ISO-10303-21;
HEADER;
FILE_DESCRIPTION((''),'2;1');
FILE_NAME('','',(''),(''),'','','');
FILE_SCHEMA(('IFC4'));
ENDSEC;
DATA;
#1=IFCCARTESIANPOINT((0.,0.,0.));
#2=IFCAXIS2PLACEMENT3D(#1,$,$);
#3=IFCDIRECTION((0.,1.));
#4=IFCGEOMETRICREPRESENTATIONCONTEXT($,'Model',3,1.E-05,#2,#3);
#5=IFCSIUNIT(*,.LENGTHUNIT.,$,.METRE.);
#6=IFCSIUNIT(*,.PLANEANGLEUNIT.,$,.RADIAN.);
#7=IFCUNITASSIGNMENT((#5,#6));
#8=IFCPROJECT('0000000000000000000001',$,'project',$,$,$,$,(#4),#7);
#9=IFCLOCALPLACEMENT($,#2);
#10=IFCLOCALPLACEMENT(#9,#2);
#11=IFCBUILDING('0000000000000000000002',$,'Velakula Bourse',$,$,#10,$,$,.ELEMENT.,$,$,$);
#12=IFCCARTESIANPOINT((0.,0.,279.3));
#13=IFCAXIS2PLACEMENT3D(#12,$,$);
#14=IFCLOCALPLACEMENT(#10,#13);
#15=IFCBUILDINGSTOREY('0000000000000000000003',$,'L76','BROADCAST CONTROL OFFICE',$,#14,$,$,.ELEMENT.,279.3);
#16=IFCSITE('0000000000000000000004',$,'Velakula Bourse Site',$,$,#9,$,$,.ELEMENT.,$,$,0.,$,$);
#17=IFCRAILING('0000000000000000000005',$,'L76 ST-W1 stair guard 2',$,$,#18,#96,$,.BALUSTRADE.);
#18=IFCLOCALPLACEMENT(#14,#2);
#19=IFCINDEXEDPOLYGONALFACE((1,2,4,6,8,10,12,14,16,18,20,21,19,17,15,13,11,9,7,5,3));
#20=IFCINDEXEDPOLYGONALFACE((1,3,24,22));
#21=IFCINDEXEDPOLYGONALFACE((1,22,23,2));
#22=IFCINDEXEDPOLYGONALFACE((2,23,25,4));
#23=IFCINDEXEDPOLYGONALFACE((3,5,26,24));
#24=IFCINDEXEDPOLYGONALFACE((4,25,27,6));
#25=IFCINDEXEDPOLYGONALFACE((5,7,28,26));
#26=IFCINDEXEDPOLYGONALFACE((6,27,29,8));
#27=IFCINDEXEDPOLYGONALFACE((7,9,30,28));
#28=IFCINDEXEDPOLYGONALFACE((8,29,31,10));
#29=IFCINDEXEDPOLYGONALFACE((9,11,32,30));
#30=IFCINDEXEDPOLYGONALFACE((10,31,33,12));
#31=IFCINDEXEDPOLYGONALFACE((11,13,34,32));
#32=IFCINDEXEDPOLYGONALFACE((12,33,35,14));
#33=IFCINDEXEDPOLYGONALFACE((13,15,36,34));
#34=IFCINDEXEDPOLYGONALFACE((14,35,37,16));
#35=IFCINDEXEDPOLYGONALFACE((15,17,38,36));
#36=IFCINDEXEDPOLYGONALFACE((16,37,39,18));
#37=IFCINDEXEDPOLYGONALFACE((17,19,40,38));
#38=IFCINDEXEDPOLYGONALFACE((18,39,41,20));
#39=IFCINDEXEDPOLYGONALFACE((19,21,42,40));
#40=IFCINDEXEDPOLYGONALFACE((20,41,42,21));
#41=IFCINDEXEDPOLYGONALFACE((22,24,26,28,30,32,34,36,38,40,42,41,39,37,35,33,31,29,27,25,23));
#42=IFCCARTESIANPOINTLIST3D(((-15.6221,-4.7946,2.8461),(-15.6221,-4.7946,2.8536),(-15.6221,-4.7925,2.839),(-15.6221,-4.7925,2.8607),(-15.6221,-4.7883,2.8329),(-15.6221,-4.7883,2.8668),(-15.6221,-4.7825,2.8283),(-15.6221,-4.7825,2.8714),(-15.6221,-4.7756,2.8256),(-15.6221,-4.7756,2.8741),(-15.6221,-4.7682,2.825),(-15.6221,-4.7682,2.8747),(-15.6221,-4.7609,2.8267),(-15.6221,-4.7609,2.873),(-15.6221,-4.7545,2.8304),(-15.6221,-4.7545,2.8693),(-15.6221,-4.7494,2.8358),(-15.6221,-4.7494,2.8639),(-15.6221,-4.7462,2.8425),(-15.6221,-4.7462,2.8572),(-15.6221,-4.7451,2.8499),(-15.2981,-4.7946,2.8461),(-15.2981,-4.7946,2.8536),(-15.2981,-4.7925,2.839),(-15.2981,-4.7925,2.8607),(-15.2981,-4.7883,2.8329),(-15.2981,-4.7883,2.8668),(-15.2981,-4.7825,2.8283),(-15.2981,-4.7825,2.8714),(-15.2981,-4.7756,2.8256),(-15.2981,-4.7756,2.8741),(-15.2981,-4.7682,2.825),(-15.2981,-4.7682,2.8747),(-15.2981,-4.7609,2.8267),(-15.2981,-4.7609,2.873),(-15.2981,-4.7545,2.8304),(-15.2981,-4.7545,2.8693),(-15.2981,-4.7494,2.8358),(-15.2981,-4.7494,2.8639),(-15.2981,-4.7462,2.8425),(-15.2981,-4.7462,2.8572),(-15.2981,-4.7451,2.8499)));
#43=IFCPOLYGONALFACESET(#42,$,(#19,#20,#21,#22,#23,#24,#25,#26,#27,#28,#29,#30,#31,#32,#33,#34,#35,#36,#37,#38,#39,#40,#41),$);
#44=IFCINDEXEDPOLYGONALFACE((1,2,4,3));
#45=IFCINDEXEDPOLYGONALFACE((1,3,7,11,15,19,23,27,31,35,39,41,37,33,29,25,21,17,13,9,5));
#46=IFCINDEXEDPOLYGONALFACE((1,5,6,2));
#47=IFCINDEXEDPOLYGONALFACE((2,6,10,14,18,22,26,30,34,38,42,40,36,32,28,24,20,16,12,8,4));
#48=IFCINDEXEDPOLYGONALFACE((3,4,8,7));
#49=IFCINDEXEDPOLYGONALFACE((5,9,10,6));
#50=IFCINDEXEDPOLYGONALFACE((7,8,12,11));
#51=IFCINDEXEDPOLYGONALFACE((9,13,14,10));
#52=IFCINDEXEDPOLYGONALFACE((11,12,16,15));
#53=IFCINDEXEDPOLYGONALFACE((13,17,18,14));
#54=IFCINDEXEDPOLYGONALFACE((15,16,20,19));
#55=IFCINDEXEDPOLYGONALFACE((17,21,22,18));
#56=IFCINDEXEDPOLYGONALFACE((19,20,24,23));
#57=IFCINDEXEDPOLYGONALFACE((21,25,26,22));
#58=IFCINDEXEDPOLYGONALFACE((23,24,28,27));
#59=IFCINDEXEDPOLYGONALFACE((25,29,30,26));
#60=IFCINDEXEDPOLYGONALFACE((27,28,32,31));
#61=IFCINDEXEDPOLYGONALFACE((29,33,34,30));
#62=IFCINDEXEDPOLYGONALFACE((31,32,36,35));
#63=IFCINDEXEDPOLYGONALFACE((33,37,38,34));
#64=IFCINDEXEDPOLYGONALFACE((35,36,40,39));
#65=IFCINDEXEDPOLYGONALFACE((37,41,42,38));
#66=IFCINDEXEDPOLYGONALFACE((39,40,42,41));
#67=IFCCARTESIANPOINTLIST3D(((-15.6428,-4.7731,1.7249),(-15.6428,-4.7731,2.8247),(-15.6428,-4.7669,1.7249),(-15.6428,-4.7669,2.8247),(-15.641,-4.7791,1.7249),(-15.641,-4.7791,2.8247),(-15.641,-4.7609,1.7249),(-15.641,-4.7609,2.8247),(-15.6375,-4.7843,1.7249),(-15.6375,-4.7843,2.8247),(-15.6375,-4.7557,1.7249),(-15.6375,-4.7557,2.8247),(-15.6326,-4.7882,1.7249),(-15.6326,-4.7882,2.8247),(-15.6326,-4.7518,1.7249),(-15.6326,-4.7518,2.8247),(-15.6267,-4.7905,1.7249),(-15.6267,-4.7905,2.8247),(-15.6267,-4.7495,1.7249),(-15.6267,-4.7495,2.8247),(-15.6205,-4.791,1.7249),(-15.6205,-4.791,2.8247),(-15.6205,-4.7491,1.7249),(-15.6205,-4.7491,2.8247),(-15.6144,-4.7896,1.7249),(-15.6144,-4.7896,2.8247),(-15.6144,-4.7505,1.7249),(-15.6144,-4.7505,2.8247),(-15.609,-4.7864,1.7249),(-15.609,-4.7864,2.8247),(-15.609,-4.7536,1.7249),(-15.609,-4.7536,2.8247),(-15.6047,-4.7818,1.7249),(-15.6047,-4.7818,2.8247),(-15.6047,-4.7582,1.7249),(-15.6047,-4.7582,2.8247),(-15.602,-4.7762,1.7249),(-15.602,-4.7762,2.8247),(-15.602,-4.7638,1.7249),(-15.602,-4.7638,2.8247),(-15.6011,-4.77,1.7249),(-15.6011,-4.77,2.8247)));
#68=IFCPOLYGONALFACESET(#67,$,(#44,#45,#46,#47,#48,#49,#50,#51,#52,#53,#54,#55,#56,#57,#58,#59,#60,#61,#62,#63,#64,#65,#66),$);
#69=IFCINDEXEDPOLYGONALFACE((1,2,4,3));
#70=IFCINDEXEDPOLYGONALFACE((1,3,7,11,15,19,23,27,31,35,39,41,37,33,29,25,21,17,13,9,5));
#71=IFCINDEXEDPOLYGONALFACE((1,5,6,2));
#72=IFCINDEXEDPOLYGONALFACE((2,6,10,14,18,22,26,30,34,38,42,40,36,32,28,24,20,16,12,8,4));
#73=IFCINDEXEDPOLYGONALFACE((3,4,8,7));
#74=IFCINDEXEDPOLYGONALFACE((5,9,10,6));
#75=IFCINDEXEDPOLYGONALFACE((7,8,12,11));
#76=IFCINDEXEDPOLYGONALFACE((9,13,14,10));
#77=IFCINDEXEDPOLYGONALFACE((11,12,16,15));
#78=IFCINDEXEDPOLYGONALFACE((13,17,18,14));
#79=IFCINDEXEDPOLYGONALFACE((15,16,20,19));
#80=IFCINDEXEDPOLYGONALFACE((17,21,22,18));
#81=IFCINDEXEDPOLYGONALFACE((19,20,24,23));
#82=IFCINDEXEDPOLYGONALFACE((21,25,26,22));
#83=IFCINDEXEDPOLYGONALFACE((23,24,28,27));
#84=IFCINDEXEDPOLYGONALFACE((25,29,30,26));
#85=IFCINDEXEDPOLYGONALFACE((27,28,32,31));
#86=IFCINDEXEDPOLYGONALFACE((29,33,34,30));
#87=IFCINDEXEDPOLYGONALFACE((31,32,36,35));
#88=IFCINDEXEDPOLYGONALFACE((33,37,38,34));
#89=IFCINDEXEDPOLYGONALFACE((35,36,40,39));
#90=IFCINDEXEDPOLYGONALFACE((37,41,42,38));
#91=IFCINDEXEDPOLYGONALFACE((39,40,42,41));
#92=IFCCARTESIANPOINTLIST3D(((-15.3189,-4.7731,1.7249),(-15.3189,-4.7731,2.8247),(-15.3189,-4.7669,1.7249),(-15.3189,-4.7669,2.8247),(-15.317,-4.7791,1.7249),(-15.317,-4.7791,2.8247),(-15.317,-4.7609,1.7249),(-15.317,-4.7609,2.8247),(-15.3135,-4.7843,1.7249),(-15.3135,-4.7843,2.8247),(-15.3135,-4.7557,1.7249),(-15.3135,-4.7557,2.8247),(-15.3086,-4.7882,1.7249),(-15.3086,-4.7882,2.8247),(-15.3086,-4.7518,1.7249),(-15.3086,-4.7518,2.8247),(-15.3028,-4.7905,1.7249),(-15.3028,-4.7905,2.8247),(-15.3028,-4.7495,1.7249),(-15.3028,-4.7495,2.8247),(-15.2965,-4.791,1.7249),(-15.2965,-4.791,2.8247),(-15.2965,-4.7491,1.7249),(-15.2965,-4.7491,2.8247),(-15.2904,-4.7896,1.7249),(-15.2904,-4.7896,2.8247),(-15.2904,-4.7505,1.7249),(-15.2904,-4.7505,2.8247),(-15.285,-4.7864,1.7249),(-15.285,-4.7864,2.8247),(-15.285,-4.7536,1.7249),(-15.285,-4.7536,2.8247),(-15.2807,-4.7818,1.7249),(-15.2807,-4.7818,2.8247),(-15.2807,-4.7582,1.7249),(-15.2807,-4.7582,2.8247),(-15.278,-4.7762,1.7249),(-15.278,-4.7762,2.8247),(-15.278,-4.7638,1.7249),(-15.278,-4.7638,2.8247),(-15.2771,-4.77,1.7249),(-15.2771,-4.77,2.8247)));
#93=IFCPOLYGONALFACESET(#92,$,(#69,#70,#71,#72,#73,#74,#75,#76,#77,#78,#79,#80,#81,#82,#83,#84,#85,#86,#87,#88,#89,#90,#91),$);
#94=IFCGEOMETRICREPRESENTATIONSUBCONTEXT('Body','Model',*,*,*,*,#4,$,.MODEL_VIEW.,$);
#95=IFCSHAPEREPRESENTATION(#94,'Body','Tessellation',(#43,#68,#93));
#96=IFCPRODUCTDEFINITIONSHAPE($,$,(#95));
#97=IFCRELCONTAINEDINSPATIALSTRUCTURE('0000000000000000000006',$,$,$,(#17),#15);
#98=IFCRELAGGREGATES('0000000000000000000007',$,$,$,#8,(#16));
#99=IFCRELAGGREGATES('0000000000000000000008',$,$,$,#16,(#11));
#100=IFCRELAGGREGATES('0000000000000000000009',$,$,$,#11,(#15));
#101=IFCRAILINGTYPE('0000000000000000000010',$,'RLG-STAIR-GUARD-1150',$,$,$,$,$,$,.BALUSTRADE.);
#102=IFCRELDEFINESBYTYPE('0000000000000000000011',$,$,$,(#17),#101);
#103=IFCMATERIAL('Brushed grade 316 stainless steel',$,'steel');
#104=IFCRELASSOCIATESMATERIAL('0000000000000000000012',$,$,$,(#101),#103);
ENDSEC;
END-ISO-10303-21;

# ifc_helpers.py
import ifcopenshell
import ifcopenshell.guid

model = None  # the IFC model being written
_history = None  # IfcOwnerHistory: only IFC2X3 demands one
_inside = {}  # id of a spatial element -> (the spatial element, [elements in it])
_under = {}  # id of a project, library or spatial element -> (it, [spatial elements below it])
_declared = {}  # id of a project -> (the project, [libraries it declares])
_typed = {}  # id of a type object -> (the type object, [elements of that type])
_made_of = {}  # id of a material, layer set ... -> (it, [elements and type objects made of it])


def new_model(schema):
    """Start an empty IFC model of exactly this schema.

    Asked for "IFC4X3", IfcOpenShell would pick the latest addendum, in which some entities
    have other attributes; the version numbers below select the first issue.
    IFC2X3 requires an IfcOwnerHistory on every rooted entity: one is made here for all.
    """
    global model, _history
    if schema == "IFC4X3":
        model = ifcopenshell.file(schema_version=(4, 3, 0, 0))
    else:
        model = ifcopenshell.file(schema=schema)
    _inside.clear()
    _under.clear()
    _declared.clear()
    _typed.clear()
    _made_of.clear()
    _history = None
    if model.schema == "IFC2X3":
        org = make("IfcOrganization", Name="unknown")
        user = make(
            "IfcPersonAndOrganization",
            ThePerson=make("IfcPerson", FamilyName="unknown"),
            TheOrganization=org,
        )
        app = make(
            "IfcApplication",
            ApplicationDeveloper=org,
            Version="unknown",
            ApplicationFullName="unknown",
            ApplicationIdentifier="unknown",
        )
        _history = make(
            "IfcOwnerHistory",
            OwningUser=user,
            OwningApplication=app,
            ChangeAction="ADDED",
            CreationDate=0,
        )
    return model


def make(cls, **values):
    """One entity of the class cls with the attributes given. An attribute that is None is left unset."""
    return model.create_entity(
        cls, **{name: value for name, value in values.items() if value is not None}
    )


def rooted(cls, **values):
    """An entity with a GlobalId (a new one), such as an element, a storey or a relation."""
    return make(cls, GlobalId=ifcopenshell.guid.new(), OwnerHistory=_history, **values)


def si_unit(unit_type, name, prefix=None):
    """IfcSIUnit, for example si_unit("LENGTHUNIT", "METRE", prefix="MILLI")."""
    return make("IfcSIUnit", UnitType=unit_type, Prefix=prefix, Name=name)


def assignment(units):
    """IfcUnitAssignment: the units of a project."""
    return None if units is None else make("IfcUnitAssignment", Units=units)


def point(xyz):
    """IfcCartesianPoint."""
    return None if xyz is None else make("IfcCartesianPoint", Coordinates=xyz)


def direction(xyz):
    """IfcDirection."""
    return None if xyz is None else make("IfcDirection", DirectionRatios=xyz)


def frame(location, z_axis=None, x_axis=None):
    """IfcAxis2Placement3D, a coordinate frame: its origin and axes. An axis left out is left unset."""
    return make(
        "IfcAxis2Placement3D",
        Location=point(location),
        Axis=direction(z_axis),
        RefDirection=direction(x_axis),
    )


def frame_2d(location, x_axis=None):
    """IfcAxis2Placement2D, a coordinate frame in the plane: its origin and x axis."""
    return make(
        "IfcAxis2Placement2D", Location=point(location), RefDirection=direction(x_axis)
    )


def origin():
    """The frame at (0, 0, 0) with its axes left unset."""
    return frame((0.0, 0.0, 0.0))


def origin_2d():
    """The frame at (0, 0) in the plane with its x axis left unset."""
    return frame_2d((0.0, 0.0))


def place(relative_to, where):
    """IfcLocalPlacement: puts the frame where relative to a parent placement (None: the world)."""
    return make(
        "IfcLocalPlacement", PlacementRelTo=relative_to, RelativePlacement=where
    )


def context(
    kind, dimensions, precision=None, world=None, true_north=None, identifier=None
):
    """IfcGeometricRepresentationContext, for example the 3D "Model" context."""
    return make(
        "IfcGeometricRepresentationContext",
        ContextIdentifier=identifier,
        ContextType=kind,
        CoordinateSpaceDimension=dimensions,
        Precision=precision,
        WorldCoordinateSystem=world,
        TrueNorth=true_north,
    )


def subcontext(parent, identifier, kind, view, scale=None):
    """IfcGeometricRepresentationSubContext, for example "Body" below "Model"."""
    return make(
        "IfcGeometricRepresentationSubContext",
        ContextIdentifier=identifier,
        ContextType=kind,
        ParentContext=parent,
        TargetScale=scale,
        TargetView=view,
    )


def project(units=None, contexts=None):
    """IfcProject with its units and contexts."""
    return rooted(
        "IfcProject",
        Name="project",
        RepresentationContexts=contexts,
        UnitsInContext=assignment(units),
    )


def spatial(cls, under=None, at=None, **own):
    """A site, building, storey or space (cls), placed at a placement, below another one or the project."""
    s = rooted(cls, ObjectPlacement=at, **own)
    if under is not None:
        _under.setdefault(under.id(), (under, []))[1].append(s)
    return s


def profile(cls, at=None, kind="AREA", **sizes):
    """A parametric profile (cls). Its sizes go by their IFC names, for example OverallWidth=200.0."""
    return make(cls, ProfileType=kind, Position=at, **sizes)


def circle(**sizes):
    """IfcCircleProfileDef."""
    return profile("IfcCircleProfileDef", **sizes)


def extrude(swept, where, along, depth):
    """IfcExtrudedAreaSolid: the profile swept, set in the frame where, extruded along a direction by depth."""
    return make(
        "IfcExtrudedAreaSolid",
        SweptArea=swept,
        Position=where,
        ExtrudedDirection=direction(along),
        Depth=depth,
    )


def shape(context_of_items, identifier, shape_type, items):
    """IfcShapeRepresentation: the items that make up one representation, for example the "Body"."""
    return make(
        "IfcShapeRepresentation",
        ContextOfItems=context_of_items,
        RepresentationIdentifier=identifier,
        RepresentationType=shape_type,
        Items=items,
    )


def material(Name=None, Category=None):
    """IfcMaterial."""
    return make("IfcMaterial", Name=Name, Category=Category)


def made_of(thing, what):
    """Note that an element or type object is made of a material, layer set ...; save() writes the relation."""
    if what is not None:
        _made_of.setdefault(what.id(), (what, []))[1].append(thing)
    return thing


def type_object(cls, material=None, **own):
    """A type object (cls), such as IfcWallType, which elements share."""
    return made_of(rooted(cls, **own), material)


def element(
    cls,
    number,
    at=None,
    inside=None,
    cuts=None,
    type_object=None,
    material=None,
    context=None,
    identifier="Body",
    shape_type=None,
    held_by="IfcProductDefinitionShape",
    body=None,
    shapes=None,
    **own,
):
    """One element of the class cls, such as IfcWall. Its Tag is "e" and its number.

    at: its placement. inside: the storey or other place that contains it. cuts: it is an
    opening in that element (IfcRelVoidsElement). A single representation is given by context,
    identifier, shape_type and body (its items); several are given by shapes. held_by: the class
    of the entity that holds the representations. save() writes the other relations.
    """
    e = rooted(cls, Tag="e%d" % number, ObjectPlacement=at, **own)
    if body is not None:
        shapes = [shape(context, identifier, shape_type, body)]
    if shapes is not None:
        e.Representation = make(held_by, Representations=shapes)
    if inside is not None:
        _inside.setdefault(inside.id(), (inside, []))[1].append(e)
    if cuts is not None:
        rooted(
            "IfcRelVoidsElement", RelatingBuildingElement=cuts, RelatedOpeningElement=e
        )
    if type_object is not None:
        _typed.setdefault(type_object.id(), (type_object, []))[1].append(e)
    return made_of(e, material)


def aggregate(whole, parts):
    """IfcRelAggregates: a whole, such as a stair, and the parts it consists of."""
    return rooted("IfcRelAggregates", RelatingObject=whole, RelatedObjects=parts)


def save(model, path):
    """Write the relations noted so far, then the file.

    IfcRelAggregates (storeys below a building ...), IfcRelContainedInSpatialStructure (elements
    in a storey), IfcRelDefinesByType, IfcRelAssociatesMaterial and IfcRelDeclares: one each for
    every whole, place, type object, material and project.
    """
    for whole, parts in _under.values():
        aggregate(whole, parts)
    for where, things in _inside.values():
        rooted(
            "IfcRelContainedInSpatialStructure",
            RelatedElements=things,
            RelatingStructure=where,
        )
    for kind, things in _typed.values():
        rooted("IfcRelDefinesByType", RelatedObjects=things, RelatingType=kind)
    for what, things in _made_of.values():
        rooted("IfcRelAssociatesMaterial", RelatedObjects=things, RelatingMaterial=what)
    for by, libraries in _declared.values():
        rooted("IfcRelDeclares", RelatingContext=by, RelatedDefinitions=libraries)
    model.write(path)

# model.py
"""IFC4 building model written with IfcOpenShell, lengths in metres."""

from ifc_helpers import new_model, si_unit, direction, frame, origin, origin_2d, place, context, subcontext, project, spatial, circle, extrude, material, type_object, element, save


model = new_model("IFC4")

# Units and contexts
model_context = context("Model", 3, precision=1e-05, world=origin(), true_north=direction((0.0, 1.0)))
body_context = subcontext(model_context, "Body", "Model", "MODEL_VIEW")
ifc_project = project(units=[si_unit("LENGTHUNIT", "METRE"), si_unit("PLANEANGLEUNIT", "RADIAN")], contexts=[model_context])

# Site, building, storey
site_placement = place(None, origin())
site = spatial("IfcSite", under=ifc_project, at=site_placement, Name="Velakula Bourse Site", CompositionType="ELEMENT", RefElevation=0.0)
building_placement = place(site_placement, origin())
building = spatial("IfcBuilding", under=site, at=building_placement, Name="Velakula Bourse", CompositionType="ELEMENT")
storey_placement = place(building_placement, frame((0.0, 0.0, 279.3)))
storey = spatial("IfcBuildingStorey", under=building, at=storey_placement, Name="L76", Description="BROADCAST CONTROL OFFICE", CompositionType="ELEMENT", Elevation=279.3)

# Shared definitions
ifc_material_1 = material(Name="Brushed grade 316 stainless steel", Category="steel")

# Railing
railing_type_1 = type_object("IfcRailingType", Name="RLG-STAIR-GUARD-1150", PredefinedType="BALUSTRADE", material=ifc_material_1)
railing_1_placement = place(storey_placement, frame((-15.6221, -4.77, 1.7249)))
element("IfcRailing", 1, at=railing_1_placement, inside=storey, type_object=railing_type_1, Name="L76 ST-W1 stair guard 2", PredefinedType="BALUSTRADE", context=body_context, shape_type="SweptSolid", body=[
    extrude(circle(Radius=0.0249, at=origin_2d()), frame((0.0, 0.0, 1.125), z_axis=(1.0, 0.0, 0.0), x_axis=(0.0, 1.0, 0.0)), (0.0, 0.0, 1.0), 0.324),
    extrude(circle(Radius=0.021, at=origin_2d()), origin(), (0.0, 0.0, 1.0), 1.0999),
    extrude(circle(Radius=0.021, at=origin_2d()), frame((0.324, 0.0, 0.0)), (0.0, 0.0, 1.0), 1.0999),
])

save(model, "model.ifc")
